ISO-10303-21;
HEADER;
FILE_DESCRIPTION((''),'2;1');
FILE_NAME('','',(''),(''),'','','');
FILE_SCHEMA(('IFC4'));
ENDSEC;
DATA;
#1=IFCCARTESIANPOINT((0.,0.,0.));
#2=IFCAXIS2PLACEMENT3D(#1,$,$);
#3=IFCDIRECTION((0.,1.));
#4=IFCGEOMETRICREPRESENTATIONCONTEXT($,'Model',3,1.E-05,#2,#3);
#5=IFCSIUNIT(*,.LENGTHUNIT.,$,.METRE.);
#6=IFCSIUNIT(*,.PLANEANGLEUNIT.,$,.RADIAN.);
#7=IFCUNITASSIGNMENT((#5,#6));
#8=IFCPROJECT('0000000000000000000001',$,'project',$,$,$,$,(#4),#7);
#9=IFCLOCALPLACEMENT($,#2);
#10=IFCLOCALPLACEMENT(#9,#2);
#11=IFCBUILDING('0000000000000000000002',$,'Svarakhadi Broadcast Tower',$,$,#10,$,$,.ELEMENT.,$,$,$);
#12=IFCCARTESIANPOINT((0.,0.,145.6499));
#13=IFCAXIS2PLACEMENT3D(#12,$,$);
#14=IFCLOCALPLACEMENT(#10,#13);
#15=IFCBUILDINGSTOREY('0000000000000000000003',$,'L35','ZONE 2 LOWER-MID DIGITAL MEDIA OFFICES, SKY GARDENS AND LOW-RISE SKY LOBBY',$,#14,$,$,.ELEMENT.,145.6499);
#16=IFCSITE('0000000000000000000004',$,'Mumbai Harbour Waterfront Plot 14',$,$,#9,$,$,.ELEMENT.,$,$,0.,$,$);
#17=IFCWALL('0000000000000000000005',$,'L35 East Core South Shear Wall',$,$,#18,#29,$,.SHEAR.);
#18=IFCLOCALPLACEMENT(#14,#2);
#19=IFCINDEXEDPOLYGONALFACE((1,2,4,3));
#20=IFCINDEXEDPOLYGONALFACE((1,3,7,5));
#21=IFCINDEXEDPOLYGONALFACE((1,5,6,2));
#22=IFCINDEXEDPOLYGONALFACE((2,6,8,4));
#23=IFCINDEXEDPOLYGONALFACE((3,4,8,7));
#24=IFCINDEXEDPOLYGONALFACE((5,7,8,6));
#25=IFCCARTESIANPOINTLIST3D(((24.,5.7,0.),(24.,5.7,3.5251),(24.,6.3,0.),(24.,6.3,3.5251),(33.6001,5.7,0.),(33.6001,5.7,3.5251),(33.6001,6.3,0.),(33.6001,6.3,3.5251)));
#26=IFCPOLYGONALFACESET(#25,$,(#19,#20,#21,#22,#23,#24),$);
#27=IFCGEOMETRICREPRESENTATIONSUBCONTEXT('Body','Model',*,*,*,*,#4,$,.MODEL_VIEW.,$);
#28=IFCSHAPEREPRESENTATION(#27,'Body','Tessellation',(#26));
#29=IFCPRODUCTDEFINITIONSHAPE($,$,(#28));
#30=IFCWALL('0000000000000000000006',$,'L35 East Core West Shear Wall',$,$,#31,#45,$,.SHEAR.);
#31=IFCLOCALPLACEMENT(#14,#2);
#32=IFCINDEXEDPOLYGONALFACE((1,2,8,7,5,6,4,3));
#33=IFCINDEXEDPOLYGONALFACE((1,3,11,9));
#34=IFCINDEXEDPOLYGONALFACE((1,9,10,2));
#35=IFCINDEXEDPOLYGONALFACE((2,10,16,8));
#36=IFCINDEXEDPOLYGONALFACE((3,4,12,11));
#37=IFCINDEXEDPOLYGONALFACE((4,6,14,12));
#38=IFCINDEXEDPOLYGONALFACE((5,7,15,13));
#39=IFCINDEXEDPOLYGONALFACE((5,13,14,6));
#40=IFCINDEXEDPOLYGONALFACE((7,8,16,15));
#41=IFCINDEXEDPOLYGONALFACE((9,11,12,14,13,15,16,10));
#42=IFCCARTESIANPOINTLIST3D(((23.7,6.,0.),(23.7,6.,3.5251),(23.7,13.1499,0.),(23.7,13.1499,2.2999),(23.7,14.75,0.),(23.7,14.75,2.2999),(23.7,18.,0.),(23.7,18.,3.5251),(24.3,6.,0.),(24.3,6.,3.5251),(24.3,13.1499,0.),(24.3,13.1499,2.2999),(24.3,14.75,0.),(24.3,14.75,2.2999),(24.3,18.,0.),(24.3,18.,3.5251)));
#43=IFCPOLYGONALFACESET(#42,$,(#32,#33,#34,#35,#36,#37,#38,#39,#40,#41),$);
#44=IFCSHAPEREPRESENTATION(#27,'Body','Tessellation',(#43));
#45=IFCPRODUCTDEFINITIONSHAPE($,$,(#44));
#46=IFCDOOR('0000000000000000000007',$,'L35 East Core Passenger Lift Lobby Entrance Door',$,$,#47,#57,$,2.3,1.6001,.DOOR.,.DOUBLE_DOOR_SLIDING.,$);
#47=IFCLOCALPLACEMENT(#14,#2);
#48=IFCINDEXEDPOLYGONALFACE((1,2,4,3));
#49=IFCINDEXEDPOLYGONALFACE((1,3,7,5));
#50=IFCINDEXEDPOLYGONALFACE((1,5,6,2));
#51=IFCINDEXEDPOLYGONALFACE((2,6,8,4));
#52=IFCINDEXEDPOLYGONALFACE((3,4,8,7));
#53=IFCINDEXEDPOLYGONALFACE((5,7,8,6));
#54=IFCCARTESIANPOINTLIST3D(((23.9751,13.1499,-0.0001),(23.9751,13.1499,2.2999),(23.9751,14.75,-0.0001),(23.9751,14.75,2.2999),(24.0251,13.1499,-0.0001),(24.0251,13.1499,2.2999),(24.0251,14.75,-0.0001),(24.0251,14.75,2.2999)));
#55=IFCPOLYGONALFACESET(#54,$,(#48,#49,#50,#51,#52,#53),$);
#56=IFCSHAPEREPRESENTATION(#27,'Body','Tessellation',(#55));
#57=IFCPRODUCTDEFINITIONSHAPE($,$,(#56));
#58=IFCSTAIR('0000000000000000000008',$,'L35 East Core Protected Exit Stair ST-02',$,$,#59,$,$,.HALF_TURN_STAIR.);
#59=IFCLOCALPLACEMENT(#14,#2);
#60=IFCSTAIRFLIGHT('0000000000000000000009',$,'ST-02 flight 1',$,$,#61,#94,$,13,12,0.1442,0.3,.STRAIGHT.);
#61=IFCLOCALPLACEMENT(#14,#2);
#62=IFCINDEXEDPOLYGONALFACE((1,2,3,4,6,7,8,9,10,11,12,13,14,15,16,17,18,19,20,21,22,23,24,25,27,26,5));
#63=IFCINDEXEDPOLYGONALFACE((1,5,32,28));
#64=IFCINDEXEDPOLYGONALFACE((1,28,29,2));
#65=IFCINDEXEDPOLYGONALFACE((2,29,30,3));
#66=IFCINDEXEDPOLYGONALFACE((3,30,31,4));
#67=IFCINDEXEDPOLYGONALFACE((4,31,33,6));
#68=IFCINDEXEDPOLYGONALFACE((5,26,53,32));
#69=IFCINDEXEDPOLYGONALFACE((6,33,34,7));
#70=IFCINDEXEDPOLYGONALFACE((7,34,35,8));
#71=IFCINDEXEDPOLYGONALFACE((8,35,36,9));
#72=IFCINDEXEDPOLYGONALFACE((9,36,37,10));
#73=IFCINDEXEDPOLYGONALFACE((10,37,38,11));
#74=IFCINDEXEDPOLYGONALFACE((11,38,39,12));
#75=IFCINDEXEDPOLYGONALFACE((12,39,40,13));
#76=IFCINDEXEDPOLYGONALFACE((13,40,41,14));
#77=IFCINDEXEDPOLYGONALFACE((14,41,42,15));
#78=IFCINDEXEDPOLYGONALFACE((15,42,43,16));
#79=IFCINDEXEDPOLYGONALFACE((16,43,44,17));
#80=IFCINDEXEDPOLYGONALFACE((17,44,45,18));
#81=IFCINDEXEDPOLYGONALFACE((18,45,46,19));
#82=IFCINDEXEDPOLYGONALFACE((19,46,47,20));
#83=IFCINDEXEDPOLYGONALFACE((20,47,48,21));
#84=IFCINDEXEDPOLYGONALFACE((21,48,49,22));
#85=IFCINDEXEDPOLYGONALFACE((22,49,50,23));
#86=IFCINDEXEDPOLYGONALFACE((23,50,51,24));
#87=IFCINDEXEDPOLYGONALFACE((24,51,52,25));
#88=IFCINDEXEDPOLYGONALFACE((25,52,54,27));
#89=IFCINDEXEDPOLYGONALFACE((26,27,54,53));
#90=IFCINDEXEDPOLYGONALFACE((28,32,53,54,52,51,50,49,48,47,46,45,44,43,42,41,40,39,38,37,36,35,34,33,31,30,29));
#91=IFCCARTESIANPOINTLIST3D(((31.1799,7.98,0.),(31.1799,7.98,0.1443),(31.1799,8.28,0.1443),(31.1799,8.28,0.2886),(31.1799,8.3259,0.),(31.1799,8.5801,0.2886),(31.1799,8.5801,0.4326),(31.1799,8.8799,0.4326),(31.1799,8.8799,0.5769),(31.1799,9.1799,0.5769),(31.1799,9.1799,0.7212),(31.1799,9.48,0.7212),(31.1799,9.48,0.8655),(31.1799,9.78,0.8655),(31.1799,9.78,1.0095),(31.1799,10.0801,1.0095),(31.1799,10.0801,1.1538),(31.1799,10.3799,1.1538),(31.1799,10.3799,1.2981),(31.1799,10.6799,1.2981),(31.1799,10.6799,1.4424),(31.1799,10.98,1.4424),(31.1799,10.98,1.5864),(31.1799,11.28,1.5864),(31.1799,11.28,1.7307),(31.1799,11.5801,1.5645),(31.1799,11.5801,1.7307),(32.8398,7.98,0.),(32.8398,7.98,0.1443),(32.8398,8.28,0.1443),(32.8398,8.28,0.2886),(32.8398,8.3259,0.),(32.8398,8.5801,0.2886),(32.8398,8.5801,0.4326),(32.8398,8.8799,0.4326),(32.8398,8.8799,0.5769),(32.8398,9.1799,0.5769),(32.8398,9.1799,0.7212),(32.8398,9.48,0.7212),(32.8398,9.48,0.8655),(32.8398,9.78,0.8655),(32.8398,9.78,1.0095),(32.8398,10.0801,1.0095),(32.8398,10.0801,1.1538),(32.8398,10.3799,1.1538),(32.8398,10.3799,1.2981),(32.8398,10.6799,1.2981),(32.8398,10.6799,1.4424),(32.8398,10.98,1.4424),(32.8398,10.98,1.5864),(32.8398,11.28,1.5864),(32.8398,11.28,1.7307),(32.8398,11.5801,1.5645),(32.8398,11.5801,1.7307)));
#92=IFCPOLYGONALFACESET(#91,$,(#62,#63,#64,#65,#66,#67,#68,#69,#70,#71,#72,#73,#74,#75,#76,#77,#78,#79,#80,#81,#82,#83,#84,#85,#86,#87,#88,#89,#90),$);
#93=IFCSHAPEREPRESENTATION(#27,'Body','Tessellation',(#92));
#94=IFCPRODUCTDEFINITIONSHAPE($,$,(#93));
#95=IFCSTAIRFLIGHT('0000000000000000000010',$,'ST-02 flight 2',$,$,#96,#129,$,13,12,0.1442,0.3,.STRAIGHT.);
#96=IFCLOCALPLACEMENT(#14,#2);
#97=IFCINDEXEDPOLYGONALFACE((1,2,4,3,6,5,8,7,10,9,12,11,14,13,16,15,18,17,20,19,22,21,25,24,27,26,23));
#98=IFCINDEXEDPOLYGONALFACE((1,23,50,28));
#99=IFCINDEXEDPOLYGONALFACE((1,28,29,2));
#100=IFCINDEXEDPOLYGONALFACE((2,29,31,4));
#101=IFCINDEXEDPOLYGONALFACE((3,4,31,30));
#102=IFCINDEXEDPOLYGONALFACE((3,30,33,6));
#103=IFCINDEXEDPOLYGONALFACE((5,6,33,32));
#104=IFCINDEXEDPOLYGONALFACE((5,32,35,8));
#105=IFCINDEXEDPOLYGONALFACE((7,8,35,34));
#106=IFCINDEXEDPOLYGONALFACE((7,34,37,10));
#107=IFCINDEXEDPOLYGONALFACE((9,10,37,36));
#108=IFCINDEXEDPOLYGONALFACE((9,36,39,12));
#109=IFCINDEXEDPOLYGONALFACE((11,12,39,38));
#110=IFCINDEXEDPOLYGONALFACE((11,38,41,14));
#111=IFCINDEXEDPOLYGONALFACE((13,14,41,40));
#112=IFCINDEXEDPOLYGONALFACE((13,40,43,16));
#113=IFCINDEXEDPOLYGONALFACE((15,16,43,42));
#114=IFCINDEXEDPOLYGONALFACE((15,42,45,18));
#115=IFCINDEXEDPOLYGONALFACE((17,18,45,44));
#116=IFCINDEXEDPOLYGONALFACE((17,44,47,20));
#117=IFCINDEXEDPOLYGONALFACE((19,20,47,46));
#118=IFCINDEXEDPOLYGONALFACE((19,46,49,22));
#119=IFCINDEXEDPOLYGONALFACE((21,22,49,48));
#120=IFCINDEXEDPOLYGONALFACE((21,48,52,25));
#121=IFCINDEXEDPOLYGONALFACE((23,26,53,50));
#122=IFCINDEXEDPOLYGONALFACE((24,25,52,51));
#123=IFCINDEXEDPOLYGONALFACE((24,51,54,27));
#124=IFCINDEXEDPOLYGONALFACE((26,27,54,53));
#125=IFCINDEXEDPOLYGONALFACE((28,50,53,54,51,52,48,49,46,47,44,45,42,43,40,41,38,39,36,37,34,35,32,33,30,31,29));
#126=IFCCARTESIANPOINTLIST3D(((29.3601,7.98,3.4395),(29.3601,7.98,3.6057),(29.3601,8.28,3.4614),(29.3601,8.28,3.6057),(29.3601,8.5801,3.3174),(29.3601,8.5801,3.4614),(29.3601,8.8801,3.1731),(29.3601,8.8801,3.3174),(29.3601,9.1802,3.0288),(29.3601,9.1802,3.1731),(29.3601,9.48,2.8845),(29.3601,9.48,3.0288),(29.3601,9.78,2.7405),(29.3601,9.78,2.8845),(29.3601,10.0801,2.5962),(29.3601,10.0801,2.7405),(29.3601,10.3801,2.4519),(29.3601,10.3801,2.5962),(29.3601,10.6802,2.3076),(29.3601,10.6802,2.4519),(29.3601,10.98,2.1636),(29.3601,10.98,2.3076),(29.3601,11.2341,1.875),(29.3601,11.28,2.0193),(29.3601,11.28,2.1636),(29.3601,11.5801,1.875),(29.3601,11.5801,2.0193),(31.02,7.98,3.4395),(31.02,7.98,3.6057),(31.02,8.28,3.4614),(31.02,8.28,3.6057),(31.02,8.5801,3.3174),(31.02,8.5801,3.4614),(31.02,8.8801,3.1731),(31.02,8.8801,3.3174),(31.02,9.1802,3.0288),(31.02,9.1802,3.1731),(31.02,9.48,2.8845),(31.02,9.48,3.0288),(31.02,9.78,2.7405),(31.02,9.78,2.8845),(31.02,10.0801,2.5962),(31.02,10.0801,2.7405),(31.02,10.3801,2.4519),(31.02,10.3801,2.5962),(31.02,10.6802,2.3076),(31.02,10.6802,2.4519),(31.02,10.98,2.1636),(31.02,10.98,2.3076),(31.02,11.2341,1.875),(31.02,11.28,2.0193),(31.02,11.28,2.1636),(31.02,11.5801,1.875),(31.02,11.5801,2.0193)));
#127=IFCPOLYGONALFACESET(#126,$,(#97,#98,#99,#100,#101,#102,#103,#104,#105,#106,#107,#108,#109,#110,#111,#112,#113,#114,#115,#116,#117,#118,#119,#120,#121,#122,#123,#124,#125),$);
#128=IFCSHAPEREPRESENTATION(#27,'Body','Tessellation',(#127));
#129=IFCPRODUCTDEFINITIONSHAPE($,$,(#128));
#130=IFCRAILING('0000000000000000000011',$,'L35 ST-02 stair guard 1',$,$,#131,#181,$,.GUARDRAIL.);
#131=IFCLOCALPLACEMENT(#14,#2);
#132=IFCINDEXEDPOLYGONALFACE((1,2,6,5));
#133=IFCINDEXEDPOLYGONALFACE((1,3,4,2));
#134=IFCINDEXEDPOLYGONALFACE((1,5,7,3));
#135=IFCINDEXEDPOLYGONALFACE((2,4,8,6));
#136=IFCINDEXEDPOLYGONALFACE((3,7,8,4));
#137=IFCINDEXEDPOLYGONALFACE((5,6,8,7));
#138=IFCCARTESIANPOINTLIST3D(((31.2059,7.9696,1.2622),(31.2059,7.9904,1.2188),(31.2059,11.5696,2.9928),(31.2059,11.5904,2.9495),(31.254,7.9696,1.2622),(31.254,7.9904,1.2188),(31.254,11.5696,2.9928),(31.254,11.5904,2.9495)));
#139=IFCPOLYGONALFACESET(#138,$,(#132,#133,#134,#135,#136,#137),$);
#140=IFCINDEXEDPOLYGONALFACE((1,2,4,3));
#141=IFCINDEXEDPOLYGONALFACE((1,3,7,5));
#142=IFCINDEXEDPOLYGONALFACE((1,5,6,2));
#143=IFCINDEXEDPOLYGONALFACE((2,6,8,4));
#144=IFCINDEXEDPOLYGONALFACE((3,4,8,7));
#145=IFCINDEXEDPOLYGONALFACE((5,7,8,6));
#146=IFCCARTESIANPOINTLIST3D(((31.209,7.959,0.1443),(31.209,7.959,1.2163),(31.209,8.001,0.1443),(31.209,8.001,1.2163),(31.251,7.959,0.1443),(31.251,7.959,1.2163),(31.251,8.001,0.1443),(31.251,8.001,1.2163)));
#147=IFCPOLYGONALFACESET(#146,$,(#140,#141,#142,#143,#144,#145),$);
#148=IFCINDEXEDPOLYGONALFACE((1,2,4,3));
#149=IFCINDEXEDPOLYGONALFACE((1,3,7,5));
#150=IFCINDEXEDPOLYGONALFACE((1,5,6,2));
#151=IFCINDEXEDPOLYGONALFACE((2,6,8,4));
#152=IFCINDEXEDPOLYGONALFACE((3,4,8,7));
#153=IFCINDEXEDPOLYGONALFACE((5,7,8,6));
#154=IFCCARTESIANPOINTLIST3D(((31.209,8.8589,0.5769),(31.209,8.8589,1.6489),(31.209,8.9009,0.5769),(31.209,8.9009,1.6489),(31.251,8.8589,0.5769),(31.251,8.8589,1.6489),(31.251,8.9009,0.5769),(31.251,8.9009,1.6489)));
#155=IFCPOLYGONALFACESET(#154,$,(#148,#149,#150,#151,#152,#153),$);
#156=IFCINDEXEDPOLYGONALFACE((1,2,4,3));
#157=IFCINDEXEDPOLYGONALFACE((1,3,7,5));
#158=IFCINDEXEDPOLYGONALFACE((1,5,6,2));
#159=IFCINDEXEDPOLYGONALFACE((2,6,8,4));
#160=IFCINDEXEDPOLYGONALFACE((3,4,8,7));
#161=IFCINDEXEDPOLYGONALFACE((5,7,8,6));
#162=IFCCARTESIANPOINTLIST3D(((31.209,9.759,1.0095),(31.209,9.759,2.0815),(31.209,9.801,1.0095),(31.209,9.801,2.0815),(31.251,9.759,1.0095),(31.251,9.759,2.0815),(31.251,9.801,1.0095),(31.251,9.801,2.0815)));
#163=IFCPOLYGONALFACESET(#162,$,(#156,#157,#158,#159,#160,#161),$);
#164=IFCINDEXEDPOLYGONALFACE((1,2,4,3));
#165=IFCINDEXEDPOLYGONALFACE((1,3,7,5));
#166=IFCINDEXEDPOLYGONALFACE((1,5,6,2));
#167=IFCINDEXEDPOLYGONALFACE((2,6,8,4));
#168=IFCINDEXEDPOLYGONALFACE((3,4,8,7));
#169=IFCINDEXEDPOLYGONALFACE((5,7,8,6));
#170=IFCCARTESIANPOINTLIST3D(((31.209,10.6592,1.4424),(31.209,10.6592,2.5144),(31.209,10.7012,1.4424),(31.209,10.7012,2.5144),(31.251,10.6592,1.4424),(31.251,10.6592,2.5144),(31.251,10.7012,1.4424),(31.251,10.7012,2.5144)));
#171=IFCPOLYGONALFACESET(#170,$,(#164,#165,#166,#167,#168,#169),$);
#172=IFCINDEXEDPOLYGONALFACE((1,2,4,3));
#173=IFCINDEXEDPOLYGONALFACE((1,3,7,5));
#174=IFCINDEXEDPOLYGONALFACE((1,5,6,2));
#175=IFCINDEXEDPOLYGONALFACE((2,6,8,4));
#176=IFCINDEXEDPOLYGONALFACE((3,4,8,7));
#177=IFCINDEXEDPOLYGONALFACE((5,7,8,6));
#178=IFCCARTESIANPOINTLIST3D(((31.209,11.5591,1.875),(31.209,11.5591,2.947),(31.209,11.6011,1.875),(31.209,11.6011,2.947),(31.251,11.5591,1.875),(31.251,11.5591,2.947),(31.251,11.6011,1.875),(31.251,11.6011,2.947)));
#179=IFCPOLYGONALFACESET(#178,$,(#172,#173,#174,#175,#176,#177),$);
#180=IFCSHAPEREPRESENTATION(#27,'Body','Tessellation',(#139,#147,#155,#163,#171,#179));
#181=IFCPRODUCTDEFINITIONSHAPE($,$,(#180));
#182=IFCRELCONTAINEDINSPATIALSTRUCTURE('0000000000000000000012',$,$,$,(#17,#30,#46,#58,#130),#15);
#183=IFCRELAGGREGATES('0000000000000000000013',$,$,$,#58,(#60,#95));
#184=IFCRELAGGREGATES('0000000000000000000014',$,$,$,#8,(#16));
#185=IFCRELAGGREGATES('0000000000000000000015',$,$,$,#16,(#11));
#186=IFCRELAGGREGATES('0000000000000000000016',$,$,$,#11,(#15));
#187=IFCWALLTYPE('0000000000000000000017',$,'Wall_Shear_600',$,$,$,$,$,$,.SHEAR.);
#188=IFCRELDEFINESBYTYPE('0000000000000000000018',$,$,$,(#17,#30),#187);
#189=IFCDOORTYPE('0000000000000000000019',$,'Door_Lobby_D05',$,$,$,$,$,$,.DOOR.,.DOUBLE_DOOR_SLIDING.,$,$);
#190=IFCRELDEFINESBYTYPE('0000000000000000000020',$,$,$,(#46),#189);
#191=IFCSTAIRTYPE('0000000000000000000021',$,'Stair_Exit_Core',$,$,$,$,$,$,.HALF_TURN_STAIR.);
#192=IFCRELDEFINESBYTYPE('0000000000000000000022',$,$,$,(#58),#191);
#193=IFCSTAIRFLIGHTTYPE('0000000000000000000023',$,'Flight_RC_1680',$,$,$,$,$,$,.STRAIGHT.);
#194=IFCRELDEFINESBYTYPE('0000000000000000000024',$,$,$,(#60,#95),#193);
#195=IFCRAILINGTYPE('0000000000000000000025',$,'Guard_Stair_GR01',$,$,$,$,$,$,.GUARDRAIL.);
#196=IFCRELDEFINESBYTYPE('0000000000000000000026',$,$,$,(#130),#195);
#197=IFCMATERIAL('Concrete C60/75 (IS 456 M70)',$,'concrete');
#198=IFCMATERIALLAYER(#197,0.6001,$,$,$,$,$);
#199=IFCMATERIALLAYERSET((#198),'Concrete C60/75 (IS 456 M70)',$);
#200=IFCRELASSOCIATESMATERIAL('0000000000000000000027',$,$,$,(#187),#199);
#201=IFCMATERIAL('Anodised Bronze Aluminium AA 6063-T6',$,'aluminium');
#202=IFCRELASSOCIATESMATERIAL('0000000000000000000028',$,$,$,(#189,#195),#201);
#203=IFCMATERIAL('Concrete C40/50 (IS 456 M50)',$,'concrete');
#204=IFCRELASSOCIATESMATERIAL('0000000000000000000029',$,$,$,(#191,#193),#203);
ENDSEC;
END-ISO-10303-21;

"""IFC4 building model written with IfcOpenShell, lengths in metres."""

from ifc_helpers import new_model, si_unit, direction, frame, frame_2d, origin, origin_2d, place, context, subcontext, project, spatial, polyline, rectangle, outline, extrude, material, layer, layer_set, type_object, element, fill, aggregate, save


model = new_model("IFC4")

# Units and contexts
model_context = context("Model", 3, precision=1e-05, world=origin(), true_north=direction((0.0, 1.0)))
body_context = subcontext(model_context, "Body", "Model", "MODEL_VIEW")
ifc_project = project(units=[si_unit("LENGTHUNIT", "METRE"), si_unit("PLANEANGLEUNIT", "RADIAN")], contexts=[model_context])

# Site, building, storey
site_placement = place(None, origin())
site = spatial("IfcSite", under=ifc_project, at=site_placement, Name="Mumbai Harbour Waterfront Plot 14", CompositionType="ELEMENT", RefElevation=0.0)
building_placement = place(site_placement, origin())
building = spatial("IfcBuilding", under=site, at=building_placement, Name="Svarakhadi Broadcast Tower", CompositionType="ELEMENT")
storey_placement = place(building_placement, frame((0.0, 0.0, 145.6499)))
storey = spatial("IfcBuildingStorey", under=building, at=storey_placement, Name="L35", Description="ZONE 2 LOWER-MID DIGITAL MEDIA OFFICES, SKY GARDENS AND LOW-RISE SKY LOBBY", CompositionType="ELEMENT", Elevation=145.6499)

# Shared definitions
ifc_material_1 = material(Name="Anodised Bronze Aluminium AA 6063-T6", Category="aluminium")

# Shared definitions
ifc_material_2 = material(Name="Concrete C40/50 (IS 456 M50)", Category="concrete")

# Wall
ifc_material_3 = material(Name="Concrete C60/75 (IS 456 M70)", Category="concrete")
ifc_layer_1 = layer(ifc_material_3, 0.6001)
ifc_layer_set_1 = layer_set([ifc_layer_1], Name="Concrete C60/75 (IS 456 M70)")
wall_type_1 = type_object("IfcWallType", Name="Wall_Shear_600", PredefinedType="SHEAR", material=ifc_layer_set_1)
wall_1_placement = place(storey_placement, frame((24.0, 6.0, 0.0), z_axis=(0.0, 0.0, 1.0), x_axis=(1.0, 0.0, 0.0)))
element("IfcWall", 1, at=wall_1_placement, inside=storey, type_object=wall_type_1, Name="L35 East Core South Shear Wall", PredefinedType="SHEAR", context=body_context, shape_type="SweptSolid", body=[
    extrude(rectangle(XDim=9.6001, YDim=0.6001, at=frame_2d((4.8, 0.0))), origin(), (0.0, 0.0, 1.0), 3.5251),
])

# Wall, opening, door
wall_2_placement = place(storey_placement, frame((24.0, 6.0, 0.0), z_axis=(0.0, 0.0, 1.0), x_axis=(0.0, 1.0, 0.0)))
wall_2 = element("IfcWall", 2, at=wall_2_placement, inside=storey, type_object=wall_type_1, Name="L35 East Core West Shear Wall", PredefinedType="SHEAR", context=body_context, shape_type="SweptSolid", body=[
    extrude(rectangle(XDim=12.0, YDim=0.6001, at=frame_2d((6.0, 0.0))), origin(), (0.0, 0.0, 1.0), 3.5251),
])
opening_1_placement = place(wall_2_placement, frame((7.1499, 0.0, 0.0)))
opening_1 = element("IfcOpeningElement", 3, at=opening_1_placement, cuts=wall_2, PredefinedType="OPENING", context=body_context, shape_type="SweptSolid", body=[
    extrude(rectangle(XDim=1.6001, YDim=2.3, at=frame_2d((0.8, 1.1499))), frame((0.0, 0.3101, 0.0), z_axis=(0.0, -1.0, 0.0), x_axis=(1.0, 0.0, 0.0)), (0.0, 0.0, 1.0), 0.6201),
])
door_type_1 = type_object("IfcDoorType", Name="Door_Lobby_D05", OperationType="DOUBLE_DOOR_SLIDING", PredefinedType="DOOR", material=ifc_material_1)
door_1_placement = place(opening_1_placement, origin())
door_1 = element("IfcDoor", 4, at=door_1_placement, inside=storey, type_object=door_type_1, Name="L35 East Core Passenger Lift Lobby Entrance Door", OperationType="DOUBLE_DOOR_SLIDING", OverallHeight=2.3, OverallWidth=1.6001, PredefinedType="DOOR", context=body_context, shape_type="SweptSolid", body=[
    extrude(rectangle(XDim=1.6001, YDim=2.3, at=frame_2d((0.8, 1.1499))), frame((0.0, 0.0249, 0.0), z_axis=(0.0, -1.0, 0.0), x_axis=(1.0, 0.0, 0.0)), (0.0, 0.0, 1.0), 0.05),
])
fill(opening_1, door_1)

# Stair, stair flights
stair_type = type_object("IfcStairType", Name="Stair_Exit_Core", PredefinedType="HALF_TURN_STAIR", material=ifc_material_2)
stair_placement = place(storey_placement, origin())
stair = element("IfcStair", 5, at=stair_placement, inside=storey, type_object=stair_type, Name="L35 East Core Protected Exit Stair ST-02", PredefinedType="HALF_TURN_STAIR")
stair_flight_type = type_object("IfcStairFlightType", Name="Flight_RC_1680", PredefinedType="STRAIGHT", material=ifc_material_2)
stair_flight_1_placement = place(storey_placement, frame((32.01, 7.98, 0.0), z_axis=(0.0, 0.0, 1.0), x_axis=(0.0, 1.0, 0.0)))
stair_flight_1 = element("IfcStairFlight", 6, at=stair_flight_1_placement, type_object=stair_flight_type, Name="ST-02 flight 1", NumberOfRisers=13, NumberOfTreads=12, PredefinedType="STRAIGHT", RiserHeight=0.1442, TreadLength=0.3, context=body_context, shape_type="SweptSolid", body=[
    extrude(outline(polyline([(0.0, 0.0), (0.0, 0.1443), (0.3, 0.1443), (0.3, 0.2886), (0.6001, 0.2886), (0.6001, 0.4326), (0.8999, 0.4326), (0.8999, 0.5769), (1.2, 0.5769), (1.2, 0.7212), (1.5, 0.7212), (1.5, 0.8655), (1.8, 0.8655), (1.8, 1.0095), (2.1001, 1.0095), (2.1001, 1.1538), (2.3999, 1.1538), (2.3999, 1.2981), (2.7, 1.2981), (2.7, 1.4424), (3.0, 1.4424), (3.0, 1.5864), (3.3, 1.5864), (3.3, 1.7307), (3.6001, 1.7307), (3.6001, 1.875), (3.6001, 1.5645), (0.3459, 0.0), (0.0, 0.0)])), frame((0.0, 0.8301, 0.0), z_axis=(0.0, -1.0, 0.0), x_axis=(1.0, 0.0, 0.0)), (0.0, 0.0, 1.0), 1.6599),
])
stair_flight_2_placement = place(storey_placement, frame((30.1899, 11.5801, 1.875), z_axis=(0.0, 0.0, 1.0), x_axis=(0.0, -1.0, 0.0)))
stair_flight_2 = element("IfcStairFlight", 7, at=stair_flight_2_placement, type_object=stair_flight_type, Name="ST-02 flight 2", NumberOfRisers=13, NumberOfTreads=12, PredefinedType="STRAIGHT", RiserHeight=0.1442, TreadLength=0.3, context=body_context, shape_type="SweptSolid", body=[
    extrude(outline(polyline([(0.0, 0.0), (0.0, 0.1443), (0.3, 0.1443), (0.3, 0.2886), (0.6001, 0.2886), (0.6001, 0.4326), (0.8999, 0.4326), (0.8999, 0.5769), (1.2, 0.5769), (1.2, 0.7212), (1.5, 0.7212), (1.5, 0.8655), (1.8, 0.8655), (1.8, 1.0095), (2.1001, 1.0095), (2.1001, 1.1538), (2.3999, 1.1538), (2.3999, 1.2981), (2.7, 1.2981), (2.7, 1.4424), (3.0, 1.4424), (3.0, 1.5864), (3.3, 1.5864), (3.3, 1.7307), (3.6001, 1.7307), (3.6001, 1.875), (3.6001, 1.5645), (0.3459, 0.0), (0.0, 0.0)])), frame((0.0, 0.8301, 0.0), z_axis=(0.0, -1.0, 0.0), x_axis=(1.0, 0.0, 0.0)), (0.0, 0.0, 1.0), 1.6599),
])
aggregate(stair, [stair_flight_1, stair_flight_2])

# Railing
railing_type_1 = type_object("IfcRailingType", Name="Guard_Stair_GR01", PredefinedType="GUARDRAIL", material=ifc_material_1)
railing_1_placement = place(storey_placement, frame((31.23, 7.98, 0.1443)))
element("IfcRailing", 8, at=railing_1_placement, inside=storey, type_object=railing_type_1, Name="L35 ST-02 stair guard 1", PredefinedType="GUARDRAIL", context=body_context, shape_type="SweptSolid", body=[
    extrude(rectangle(XDim=0.0481, YDim=0.0481, at=origin_2d()), frame((0.0, 0.0, 1.0962), z_axis=(0.0, 0.901263, 0.433273), x_axis=(-1.0, 0.0, 0.0)), (0.0, 0.0, 1.0), 3.9944),
    extrude(rectangle(XDim=0.042, YDim=0.042, at=origin_2d()), origin(), (0.0, 0.0, 1.0), 1.072),
    extrude(rectangle(XDim=0.042, YDim=0.042, at=origin_2d()), frame((0.0, 0.8999, 0.4326)), (0.0, 0.0, 1.0), 1.072),
    extrude(rectangle(XDim=0.042, YDim=0.042, at=origin_2d()), frame((0.0, 1.8, 0.8652)), (0.0, 0.0, 1.0), 1.072),
    extrude(rectangle(XDim=0.042, YDim=0.042, at=origin_2d()), frame((0.0, 2.7002, 1.2981)), (0.0, 0.0, 1.0), 1.072),
    extrude(rectangle(XDim=0.042, YDim=0.042, at=origin_2d()), frame((0.0, 3.6001, 1.7307)), (0.0, 0.0, 1.0), 1.072),
])

save(model, "model.ifc")
